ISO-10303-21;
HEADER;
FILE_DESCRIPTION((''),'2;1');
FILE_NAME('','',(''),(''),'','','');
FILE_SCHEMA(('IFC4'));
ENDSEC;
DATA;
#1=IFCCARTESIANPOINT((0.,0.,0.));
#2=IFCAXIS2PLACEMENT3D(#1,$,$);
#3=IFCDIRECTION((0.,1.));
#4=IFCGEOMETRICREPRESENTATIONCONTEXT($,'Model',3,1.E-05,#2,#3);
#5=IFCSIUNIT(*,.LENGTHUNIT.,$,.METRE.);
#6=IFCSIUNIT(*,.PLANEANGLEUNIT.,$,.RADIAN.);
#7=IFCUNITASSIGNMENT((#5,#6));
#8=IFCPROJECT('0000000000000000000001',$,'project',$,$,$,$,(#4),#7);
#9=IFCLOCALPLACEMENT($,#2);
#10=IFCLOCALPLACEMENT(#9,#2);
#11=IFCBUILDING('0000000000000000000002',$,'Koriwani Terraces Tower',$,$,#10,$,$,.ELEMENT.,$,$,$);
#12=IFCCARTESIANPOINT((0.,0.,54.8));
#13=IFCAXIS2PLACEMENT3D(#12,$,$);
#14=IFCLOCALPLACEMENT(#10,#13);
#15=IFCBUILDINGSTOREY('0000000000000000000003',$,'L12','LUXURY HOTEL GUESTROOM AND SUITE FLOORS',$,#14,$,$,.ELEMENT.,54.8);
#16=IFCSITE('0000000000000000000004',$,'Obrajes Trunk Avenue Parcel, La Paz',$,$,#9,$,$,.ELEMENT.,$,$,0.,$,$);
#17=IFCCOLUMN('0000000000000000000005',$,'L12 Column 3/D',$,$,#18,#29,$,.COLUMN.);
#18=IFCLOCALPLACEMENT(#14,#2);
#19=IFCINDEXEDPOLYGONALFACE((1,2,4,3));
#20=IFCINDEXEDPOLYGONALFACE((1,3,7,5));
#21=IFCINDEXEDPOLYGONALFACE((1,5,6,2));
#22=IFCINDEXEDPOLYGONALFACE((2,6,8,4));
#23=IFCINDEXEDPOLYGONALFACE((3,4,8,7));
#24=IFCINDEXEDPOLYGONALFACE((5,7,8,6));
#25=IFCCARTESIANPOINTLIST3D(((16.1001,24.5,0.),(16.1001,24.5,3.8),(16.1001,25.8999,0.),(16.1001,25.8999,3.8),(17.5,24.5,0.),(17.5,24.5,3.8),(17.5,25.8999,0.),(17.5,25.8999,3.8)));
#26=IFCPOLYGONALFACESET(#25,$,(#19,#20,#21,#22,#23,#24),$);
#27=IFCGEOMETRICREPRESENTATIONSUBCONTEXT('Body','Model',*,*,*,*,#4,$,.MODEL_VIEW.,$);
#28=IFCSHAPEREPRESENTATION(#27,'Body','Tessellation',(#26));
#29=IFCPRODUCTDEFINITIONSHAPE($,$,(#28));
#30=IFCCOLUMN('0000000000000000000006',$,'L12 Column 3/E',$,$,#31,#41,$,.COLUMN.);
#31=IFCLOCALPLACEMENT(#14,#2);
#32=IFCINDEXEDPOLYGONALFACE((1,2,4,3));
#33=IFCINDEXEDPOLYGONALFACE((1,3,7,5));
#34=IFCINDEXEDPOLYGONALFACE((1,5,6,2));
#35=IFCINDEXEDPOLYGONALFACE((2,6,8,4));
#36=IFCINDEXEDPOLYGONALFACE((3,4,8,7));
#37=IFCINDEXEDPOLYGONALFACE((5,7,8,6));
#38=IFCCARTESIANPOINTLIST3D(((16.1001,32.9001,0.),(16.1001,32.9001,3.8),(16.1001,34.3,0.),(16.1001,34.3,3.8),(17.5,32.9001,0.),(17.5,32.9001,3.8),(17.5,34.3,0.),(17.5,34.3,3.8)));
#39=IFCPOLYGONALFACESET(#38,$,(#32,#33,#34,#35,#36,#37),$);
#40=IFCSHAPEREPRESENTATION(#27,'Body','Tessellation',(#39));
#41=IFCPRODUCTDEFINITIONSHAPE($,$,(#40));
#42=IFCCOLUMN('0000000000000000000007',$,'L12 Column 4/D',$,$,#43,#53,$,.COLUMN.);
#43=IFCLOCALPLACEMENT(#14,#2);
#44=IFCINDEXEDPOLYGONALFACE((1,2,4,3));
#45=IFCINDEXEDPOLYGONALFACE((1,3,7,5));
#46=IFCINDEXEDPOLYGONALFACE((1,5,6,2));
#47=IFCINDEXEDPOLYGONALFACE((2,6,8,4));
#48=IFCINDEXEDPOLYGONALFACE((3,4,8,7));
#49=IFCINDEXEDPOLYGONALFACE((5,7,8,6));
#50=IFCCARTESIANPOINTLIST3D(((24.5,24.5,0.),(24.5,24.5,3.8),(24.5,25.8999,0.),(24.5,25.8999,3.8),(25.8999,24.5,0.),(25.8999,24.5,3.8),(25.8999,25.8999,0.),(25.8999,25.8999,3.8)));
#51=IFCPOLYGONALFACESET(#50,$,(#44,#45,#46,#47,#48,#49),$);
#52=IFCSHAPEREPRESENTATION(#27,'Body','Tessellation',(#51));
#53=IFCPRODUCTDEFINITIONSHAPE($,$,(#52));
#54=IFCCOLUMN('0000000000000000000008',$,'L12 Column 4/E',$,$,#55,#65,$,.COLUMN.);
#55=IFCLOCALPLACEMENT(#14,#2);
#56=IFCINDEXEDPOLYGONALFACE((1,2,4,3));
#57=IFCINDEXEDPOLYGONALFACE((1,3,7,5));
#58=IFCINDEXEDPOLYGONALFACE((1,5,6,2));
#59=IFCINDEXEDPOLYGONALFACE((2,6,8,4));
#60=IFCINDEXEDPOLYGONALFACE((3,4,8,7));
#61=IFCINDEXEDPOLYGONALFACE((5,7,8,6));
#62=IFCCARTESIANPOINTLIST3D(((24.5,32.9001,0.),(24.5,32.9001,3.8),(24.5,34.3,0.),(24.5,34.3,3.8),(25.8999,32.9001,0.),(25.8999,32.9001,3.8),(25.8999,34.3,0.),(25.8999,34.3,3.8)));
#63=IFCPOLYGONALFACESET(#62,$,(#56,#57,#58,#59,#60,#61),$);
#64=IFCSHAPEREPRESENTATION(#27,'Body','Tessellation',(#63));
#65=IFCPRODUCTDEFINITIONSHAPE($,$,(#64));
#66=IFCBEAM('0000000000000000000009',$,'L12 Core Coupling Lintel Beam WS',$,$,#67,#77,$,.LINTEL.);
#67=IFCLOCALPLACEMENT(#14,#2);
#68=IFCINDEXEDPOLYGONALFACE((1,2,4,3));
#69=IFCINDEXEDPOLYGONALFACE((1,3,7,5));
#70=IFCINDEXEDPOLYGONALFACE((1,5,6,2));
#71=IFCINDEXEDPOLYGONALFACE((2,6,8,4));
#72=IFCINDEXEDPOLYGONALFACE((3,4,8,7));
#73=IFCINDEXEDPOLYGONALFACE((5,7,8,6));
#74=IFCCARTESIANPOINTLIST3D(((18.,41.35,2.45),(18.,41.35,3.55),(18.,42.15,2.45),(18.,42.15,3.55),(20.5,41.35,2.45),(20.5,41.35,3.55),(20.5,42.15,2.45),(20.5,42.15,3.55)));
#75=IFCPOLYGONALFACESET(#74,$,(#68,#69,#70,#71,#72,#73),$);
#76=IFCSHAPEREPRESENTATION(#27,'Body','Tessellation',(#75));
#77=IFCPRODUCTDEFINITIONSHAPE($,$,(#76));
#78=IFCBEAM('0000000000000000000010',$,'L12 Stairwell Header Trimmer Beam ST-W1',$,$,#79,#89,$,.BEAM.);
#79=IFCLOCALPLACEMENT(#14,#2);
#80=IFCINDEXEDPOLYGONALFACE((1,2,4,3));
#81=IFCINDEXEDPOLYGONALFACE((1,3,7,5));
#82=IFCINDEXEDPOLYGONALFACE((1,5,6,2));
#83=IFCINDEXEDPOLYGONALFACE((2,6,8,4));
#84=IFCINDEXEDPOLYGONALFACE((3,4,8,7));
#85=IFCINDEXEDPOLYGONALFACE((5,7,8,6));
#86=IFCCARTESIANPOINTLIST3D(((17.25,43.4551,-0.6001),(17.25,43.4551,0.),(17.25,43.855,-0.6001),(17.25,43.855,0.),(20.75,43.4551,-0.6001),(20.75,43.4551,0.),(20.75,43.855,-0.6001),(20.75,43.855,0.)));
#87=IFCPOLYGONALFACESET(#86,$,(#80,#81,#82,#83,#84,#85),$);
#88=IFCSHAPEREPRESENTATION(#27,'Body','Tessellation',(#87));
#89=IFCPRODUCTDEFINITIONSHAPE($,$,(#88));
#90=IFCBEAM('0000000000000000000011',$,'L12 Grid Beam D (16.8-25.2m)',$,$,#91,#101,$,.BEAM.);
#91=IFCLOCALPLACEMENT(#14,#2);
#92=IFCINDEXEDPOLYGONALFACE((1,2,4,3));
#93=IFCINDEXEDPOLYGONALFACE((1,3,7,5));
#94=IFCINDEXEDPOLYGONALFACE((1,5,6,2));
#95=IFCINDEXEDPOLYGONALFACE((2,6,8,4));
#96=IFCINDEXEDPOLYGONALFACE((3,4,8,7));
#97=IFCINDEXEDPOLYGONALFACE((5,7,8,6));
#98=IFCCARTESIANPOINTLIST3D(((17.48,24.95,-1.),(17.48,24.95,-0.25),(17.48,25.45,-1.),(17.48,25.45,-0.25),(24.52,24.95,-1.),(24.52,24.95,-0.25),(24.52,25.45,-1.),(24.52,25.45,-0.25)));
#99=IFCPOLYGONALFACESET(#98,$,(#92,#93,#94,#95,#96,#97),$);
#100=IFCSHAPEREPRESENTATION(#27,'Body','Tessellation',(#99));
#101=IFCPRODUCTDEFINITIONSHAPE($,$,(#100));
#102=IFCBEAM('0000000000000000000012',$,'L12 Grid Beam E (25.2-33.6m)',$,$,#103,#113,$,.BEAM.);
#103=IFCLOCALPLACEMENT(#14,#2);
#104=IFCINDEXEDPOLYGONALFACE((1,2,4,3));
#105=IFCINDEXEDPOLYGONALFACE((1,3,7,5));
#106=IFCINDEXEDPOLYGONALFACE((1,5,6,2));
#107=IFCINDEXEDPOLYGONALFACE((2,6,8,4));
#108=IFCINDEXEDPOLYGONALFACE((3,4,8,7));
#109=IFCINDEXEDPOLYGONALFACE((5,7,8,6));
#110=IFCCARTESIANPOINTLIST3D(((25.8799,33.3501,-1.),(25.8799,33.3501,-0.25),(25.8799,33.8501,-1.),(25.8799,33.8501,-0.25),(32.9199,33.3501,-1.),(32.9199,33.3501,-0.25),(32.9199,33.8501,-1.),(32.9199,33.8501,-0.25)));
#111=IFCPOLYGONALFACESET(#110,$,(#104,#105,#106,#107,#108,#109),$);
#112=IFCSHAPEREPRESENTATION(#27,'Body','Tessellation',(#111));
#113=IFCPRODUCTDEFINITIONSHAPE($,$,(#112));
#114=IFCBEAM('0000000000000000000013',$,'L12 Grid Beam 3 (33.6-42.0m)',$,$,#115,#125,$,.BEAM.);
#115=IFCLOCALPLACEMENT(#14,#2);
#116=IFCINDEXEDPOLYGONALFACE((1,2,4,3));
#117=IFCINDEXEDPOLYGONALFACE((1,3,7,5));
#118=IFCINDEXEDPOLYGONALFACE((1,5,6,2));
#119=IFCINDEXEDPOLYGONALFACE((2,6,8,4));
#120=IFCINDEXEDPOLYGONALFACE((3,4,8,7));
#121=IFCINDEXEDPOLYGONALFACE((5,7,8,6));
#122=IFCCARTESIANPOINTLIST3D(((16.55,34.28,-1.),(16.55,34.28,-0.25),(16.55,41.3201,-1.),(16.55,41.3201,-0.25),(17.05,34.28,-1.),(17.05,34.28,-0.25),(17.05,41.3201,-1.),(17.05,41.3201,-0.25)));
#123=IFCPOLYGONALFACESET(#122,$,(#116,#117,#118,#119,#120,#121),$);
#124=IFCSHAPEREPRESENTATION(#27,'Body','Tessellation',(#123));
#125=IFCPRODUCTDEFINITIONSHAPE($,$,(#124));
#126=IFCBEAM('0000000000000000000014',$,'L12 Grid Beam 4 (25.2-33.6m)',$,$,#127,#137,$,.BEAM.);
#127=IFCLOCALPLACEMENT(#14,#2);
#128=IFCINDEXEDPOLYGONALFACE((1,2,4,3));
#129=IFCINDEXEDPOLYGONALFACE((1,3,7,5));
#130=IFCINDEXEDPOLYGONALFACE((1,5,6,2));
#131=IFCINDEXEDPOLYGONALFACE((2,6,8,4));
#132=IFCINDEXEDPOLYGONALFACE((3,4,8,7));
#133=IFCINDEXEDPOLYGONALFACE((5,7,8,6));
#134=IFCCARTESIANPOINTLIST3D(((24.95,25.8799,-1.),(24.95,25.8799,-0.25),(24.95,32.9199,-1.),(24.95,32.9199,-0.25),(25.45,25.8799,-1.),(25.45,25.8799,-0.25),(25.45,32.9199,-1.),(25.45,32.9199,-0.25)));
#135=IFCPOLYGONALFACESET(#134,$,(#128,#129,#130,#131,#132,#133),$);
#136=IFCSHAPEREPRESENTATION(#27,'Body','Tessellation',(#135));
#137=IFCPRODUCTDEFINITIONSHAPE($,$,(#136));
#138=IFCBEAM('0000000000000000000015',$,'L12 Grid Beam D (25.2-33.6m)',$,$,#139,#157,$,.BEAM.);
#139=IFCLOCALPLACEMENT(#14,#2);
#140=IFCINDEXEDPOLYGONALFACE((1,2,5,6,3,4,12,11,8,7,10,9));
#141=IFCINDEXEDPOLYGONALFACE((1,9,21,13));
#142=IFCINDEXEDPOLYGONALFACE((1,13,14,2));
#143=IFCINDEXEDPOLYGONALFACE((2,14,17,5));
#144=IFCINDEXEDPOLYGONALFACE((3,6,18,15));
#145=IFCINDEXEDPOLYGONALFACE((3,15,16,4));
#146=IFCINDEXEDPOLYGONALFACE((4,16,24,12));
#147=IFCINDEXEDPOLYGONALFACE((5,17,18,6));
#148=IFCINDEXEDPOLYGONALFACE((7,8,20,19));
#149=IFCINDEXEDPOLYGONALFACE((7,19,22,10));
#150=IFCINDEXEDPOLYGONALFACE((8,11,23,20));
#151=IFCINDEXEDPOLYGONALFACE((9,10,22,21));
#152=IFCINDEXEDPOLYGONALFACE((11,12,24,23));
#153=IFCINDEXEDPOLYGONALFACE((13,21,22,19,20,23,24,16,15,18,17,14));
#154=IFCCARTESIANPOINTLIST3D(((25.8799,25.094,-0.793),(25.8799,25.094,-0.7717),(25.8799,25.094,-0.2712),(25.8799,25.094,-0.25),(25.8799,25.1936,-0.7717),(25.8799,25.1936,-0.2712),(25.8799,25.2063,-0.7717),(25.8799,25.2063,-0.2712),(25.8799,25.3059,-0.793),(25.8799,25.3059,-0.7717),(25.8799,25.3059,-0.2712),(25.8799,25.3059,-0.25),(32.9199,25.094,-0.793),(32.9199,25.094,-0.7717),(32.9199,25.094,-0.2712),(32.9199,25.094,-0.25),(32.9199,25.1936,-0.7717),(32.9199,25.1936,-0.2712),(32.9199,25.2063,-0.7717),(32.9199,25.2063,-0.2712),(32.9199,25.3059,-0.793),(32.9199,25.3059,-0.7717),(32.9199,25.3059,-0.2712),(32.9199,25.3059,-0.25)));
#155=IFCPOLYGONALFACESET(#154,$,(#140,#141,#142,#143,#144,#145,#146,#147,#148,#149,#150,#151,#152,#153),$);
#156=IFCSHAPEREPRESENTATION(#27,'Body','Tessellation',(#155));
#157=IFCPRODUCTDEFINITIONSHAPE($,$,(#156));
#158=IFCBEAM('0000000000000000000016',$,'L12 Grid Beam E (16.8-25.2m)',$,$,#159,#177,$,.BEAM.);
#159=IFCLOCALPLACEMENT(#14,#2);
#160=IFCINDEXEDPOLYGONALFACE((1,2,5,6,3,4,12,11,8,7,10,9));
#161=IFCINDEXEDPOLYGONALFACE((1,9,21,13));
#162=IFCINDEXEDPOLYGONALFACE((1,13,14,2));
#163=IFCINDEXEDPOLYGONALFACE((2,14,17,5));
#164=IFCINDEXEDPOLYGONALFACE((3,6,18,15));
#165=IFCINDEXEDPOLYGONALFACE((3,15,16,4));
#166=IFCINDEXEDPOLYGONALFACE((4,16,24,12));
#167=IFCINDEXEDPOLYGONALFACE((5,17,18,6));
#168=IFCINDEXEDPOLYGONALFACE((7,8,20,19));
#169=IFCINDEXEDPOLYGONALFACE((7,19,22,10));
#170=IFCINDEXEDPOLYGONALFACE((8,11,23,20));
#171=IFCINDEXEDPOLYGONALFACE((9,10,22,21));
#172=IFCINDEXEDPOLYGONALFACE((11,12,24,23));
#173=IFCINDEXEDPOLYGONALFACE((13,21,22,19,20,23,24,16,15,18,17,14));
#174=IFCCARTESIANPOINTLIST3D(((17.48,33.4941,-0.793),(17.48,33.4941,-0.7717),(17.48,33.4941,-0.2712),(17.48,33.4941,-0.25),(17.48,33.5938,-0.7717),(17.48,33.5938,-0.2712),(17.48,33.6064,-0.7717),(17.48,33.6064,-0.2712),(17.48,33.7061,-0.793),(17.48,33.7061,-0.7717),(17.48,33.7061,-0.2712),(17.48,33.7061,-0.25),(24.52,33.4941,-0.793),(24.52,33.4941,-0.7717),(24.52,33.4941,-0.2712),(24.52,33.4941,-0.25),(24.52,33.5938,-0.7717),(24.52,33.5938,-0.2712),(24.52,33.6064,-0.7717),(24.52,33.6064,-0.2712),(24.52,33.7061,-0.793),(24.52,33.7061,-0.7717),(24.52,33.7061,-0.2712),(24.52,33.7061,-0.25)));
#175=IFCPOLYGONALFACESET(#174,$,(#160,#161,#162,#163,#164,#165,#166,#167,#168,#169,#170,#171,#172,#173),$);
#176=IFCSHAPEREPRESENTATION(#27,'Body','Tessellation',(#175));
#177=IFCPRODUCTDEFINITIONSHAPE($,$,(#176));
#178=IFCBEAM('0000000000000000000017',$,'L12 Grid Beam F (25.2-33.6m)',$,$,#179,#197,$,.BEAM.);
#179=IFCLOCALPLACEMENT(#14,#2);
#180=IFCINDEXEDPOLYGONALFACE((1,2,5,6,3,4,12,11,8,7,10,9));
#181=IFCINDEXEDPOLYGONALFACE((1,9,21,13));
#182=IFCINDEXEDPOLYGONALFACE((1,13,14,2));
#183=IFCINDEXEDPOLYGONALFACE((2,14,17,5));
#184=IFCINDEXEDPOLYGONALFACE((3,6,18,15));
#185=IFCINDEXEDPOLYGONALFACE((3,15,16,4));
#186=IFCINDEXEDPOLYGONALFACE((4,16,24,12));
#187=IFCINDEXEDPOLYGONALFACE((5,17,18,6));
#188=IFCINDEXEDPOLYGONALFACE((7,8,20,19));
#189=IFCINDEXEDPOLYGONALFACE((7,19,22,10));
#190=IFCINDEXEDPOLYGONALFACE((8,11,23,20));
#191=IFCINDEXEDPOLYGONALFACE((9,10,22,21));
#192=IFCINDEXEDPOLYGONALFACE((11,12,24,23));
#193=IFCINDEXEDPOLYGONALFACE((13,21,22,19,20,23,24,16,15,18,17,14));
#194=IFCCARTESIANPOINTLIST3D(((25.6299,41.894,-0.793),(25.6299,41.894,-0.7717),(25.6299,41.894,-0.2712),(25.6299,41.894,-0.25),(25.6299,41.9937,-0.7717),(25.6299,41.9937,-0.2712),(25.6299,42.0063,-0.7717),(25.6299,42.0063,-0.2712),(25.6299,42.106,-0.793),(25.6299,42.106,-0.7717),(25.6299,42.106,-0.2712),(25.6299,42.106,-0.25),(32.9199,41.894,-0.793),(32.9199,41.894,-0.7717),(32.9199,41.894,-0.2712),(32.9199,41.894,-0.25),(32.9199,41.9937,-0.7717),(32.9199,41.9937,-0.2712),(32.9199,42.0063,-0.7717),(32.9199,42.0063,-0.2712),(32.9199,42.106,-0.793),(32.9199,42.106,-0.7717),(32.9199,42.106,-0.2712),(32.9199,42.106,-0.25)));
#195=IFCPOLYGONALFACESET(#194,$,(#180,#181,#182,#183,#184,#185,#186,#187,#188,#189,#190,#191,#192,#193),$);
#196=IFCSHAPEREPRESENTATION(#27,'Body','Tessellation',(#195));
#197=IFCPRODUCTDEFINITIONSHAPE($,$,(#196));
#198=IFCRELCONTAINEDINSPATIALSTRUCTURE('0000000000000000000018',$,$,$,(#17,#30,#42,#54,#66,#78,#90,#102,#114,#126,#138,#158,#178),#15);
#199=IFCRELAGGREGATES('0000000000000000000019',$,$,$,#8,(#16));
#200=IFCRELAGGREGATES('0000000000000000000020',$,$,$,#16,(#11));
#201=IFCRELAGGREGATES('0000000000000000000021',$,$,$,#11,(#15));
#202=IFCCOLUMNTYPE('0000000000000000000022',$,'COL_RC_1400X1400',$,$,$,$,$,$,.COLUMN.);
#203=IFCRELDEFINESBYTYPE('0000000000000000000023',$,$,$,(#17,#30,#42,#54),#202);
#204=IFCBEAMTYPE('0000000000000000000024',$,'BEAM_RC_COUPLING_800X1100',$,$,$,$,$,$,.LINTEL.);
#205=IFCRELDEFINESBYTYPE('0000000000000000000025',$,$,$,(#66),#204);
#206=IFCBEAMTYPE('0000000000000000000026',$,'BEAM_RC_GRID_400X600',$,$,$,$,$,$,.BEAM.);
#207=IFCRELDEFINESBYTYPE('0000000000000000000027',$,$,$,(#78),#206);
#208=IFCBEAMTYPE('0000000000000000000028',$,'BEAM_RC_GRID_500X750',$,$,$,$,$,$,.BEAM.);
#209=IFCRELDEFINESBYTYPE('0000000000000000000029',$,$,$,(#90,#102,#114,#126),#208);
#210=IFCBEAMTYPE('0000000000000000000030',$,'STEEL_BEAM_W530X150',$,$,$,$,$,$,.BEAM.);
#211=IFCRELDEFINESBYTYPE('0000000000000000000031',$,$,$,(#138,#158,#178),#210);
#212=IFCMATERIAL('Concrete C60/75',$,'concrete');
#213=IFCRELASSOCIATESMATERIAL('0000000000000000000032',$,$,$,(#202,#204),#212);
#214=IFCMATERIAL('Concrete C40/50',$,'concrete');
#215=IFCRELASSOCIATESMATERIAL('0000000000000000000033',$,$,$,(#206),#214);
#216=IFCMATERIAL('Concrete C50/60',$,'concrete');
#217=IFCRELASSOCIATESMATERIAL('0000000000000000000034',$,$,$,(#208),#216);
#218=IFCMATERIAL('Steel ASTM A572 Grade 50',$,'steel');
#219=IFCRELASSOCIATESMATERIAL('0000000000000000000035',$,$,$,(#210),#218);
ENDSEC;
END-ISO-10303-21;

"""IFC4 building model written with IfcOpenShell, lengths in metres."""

from ifc_helpers import new_model, si_unit, direction, frame, origin, origin_2d, place, context, subcontext, project, spatial, rectangle, i_section, extrude, material, material_profile, profile_set, type_object, element, save


model = new_model("IFC4")

# Units and contexts
model_context = context("Model", 3, precision=1e-05, world=origin(), true_north=direction((0.0, 1.0)))
body_context = subcontext(model_context, "Body", "Model", "MODEL_VIEW")
ifc_project = project(units=[si_unit("LENGTHUNIT", "METRE"), si_unit("PLANEANGLEUNIT", "RADIAN")], contexts=[model_context])

# Site, building, storey
site_placement = place(None, origin())
site = spatial("IfcSite", under=ifc_project, at=site_placement, Name="Obrajes Trunk Avenue Parcel, La Paz", CompositionType="ELEMENT", RefElevation=0.0)
building_placement = place(site_placement, origin())
building = spatial("IfcBuilding", under=site, at=building_placement, Name="Koriwani Terraces Tower", CompositionType="ELEMENT")
storey_placement = place(building_placement, frame((0.0, 0.0, 54.8)))
storey = spatial("IfcBuildingStorey", under=building, at=storey_placement, Name="L12", Description="LUXURY HOTEL GUESTROOM AND SUITE FLOORS", CompositionType="ELEMENT", Elevation=54.8)

# Columns
ifc_material_1 = material(Name="Concrete C60/75", Category="concrete")
ifc_material_profile_1 = material_profile(ifc_material_1, rectangle(XDim=1.3999, YDim=1.3999, at=origin_2d()), Name="Concrete C60/75", Category="LoadBearing")
ifc_profile_set_1 = profile_set([ifc_material_profile_1], Name="Concrete C60/75")
column_type = type_object("IfcColumnType", Name="COL_RC_1400X1400", PredefinedType="COLUMN", material=ifc_profile_set_1)
for number, where, z_axis, x_axis, name in (
    (1, (16.8, 25.2, 0.0), (0.0, 0.0, 1.0), (1.0, 0.0, 0.0), "L12 Column 3/D"),
    (2, (16.8, 33.6001, 0.0), (0.0, 0.0, 1.0), (1.0, 0.0, 0.0), "L12 Column 3/E"),
    (3, (25.2, 25.2, 0.0), (0.0, 0.0, 1.0), (1.0, 0.0, 0.0), "L12 Column 4/D"),
    (4, (25.2, 33.6001, 0.0), (0.0, 0.0, 1.0), (1.0, 0.0, 0.0), "L12 Column 4/E"),
):
    element("IfcColumn", number, at=place(storey_placement, frame(where, z_axis=z_axis, x_axis=x_axis)), inside=storey, type_object=column_type, Name=name, PredefinedType="COLUMN", context=body_context, shape_type="SweptSolid", body=[
        extrude(rectangle(XDim=1.3999, YDim=1.3999, at=origin_2d()), origin(), (0.0, 0.0, 1.0), 3.8),
    ])

# Beams
ifc_material_profile_2 = material_profile(ifc_material_1, rectangle(XDim=0.8, YDim=1.1001, at=origin_2d()), Name="Concrete C60/75", Category="LoadBearing")
ifc_profile_set_2 = profile_set([ifc_material_profile_2], Name="Concrete C60/75")
beam_type_1 = type_object("IfcBeamType", Name="BEAM_RC_COUPLING_800X1100", PredefinedType="LINTEL", material=ifc_profile_set_2)
beam_1_placement = place(storey_placement, frame((18.0, 41.75, 3.0), z_axis=(1.0, 0.0, 0.0), x_axis=(0.0, 1.0, 0.0)))
element("IfcBeam", 5, at=beam_1_placement, inside=storey, type_object=beam_type_1, Name="L12 Core Coupling Lintel Beam WS", PredefinedType="LINTEL", context=body_context, shape_type="SweptSolid", body=[
    extrude(rectangle(XDim=0.8, YDim=1.1001, at=origin_2d()), origin(), (0.0, 0.0, 1.0), 2.5),
])
ifc_material_2 = material(Name="Concrete C40/50", Category="concrete")
ifc_material_profile_3 = material_profile(ifc_material_2, rectangle(XDim=0.3999, YDim=0.6001, at=origin_2d()), Name="Concrete C40/50", Category="LoadBearing")
ifc_profile_set_3 = profile_set([ifc_material_profile_3], Name="Concrete C40/50")
beam_type_2 = type_object("IfcBeamType", Name="BEAM_RC_GRID_400X600", PredefinedType="BEAM", material=ifc_profile_set_3)
beam_2_placement = place(storey_placement, frame((17.25, 43.655, -0.3), z_axis=(1.0, 0.0, 0.0), x_axis=(0.0, 1.0, 0.0)))
element("IfcBeam", 6, at=beam_2_placement, inside=storey, type_object=beam_type_2, Name="L12 Stairwell Header Trimmer Beam ST-W1", PredefinedType="BEAM", context=body_context, shape_type="SweptSolid", body=[
    extrude(rectangle(XDim=0.3999, YDim=0.6001, at=origin_2d()), origin(), (0.0, 0.0, 1.0), 3.5),
])
ifc_material_3 = material(Name="Concrete C50/60", Category="concrete")
ifc_material_profile_4 = material_profile(ifc_material_3, rectangle(XDim=0.5, YDim=0.75, at=origin_2d()), Name="Concrete C50/60", Category="LoadBearing")
ifc_profile_set_4 = profile_set([ifc_material_profile_4], Name="Concrete C50/60")
beam_type_3 = type_object("IfcBeamType", Name="BEAM_RC_GRID_500X750", PredefinedType="BEAM", material=ifc_profile_set_4)
for number, where, z_axis, x_axis, name in (
    (7, (17.48, 25.2, -0.625), (1.0, 0.0, 0.0), (0.0, 1.0, 0.0), "L12 Grid Beam D (16.8-25.2m)"),
    (8, (25.8799, 33.6001, -0.625), (1.0, 0.0, 0.0), (0.0, 1.0, 0.0), "L12 Grid Beam E (25.2-33.6m)"),
    (9, (16.8, 34.28, -0.625), (0.0, 1.0, 0.0), (-1.0, 0.0, 0.0), "L12 Grid Beam 3 (33.6-42.0m)"),
    (10, (25.2, 25.8799, -0.625), (0.0, 1.0, 0.0), (-1.0, 0.0, 0.0), "L12 Grid Beam 4 (25.2-33.6m)"),
):
    element("IfcBeam", number, at=place(storey_placement, frame(where, z_axis=z_axis, x_axis=x_axis)), inside=storey, type_object=beam_type_3, Name=name, PredefinedType="BEAM", context=body_context, shape_type="SweptSolid", body=[
        extrude(rectangle(XDim=0.5, YDim=0.75, at=origin_2d()), origin(), (0.0, 0.0, 1.0), 7.04),
    ])
ifc_material_4 = material(Name="Steel ASTM A572 Grade 50", Category="steel")
ifc_material_profile_5 = material_profile(ifc_material_4, i_section(OverallWidth=0.2119, OverallDepth=0.543, WebThickness=0.0127, FlangeThickness=0.0212, at=origin_2d()), Name="Steel ASTM A572 Grade 50", Category="LoadBearing")
ifc_profile_set_5 = profile_set([ifc_material_profile_5], Name="Steel ASTM A572 Grade 50")
beam_type_4 = type_object("IfcBeamType", Name="STEEL_BEAM_W530X150", PredefinedType="BEAM", material=ifc_profile_set_5)
for number, where, z_axis, x_axis, name in (
    (11, (25.8799, 25.2, -0.5215), (1.0, 0.0, 0.0), (0.0, 1.0, 0.0), "L12 Grid Beam D (25.2-33.6m)"),
    (12, (17.48, 33.6001, -0.5215), (1.0, 0.0, 0.0), (0.0, 1.0, 0.0), "L12 Grid Beam E (16.8-25.2m)"),
):
    element("IfcBeam", number, at=place(storey_placement, frame(where, z_axis=z_axis, x_axis=x_axis)), inside=storey, type_object=beam_type_4, Name=name, PredefinedType="BEAM", context=body_context, shape_type="SweptSolid", body=[
        extrude(i_section(OverallWidth=0.2119, OverallDepth=0.543, WebThickness=0.0127, FlangeThickness=0.0212, at=origin_2d()), origin(), (0.0, 0.0, 1.0), 7.04),
    ])
beam_3_placement = place(storey_placement, frame((25.6299, 42.0, -0.5215), z_axis=(1.0, 0.0, 0.0), x_axis=(0.0, 1.0, 0.0)))
element("IfcBeam", 13, at=beam_3_placement, inside=storey, type_object=beam_type_4, Name="L12 Grid Beam F (25.2-33.6m)", PredefinedType="BEAM", context=body_context, shape_type="SweptSolid", body=[
    extrude(i_section(OverallWidth=0.2119, OverallDepth=0.543, WebThickness=0.0127, FlangeThickness=0.0212, at=origin_2d()), origin(), (0.0, 0.0, 1.0), 7.29),
])

save(model, "model.ifc")
